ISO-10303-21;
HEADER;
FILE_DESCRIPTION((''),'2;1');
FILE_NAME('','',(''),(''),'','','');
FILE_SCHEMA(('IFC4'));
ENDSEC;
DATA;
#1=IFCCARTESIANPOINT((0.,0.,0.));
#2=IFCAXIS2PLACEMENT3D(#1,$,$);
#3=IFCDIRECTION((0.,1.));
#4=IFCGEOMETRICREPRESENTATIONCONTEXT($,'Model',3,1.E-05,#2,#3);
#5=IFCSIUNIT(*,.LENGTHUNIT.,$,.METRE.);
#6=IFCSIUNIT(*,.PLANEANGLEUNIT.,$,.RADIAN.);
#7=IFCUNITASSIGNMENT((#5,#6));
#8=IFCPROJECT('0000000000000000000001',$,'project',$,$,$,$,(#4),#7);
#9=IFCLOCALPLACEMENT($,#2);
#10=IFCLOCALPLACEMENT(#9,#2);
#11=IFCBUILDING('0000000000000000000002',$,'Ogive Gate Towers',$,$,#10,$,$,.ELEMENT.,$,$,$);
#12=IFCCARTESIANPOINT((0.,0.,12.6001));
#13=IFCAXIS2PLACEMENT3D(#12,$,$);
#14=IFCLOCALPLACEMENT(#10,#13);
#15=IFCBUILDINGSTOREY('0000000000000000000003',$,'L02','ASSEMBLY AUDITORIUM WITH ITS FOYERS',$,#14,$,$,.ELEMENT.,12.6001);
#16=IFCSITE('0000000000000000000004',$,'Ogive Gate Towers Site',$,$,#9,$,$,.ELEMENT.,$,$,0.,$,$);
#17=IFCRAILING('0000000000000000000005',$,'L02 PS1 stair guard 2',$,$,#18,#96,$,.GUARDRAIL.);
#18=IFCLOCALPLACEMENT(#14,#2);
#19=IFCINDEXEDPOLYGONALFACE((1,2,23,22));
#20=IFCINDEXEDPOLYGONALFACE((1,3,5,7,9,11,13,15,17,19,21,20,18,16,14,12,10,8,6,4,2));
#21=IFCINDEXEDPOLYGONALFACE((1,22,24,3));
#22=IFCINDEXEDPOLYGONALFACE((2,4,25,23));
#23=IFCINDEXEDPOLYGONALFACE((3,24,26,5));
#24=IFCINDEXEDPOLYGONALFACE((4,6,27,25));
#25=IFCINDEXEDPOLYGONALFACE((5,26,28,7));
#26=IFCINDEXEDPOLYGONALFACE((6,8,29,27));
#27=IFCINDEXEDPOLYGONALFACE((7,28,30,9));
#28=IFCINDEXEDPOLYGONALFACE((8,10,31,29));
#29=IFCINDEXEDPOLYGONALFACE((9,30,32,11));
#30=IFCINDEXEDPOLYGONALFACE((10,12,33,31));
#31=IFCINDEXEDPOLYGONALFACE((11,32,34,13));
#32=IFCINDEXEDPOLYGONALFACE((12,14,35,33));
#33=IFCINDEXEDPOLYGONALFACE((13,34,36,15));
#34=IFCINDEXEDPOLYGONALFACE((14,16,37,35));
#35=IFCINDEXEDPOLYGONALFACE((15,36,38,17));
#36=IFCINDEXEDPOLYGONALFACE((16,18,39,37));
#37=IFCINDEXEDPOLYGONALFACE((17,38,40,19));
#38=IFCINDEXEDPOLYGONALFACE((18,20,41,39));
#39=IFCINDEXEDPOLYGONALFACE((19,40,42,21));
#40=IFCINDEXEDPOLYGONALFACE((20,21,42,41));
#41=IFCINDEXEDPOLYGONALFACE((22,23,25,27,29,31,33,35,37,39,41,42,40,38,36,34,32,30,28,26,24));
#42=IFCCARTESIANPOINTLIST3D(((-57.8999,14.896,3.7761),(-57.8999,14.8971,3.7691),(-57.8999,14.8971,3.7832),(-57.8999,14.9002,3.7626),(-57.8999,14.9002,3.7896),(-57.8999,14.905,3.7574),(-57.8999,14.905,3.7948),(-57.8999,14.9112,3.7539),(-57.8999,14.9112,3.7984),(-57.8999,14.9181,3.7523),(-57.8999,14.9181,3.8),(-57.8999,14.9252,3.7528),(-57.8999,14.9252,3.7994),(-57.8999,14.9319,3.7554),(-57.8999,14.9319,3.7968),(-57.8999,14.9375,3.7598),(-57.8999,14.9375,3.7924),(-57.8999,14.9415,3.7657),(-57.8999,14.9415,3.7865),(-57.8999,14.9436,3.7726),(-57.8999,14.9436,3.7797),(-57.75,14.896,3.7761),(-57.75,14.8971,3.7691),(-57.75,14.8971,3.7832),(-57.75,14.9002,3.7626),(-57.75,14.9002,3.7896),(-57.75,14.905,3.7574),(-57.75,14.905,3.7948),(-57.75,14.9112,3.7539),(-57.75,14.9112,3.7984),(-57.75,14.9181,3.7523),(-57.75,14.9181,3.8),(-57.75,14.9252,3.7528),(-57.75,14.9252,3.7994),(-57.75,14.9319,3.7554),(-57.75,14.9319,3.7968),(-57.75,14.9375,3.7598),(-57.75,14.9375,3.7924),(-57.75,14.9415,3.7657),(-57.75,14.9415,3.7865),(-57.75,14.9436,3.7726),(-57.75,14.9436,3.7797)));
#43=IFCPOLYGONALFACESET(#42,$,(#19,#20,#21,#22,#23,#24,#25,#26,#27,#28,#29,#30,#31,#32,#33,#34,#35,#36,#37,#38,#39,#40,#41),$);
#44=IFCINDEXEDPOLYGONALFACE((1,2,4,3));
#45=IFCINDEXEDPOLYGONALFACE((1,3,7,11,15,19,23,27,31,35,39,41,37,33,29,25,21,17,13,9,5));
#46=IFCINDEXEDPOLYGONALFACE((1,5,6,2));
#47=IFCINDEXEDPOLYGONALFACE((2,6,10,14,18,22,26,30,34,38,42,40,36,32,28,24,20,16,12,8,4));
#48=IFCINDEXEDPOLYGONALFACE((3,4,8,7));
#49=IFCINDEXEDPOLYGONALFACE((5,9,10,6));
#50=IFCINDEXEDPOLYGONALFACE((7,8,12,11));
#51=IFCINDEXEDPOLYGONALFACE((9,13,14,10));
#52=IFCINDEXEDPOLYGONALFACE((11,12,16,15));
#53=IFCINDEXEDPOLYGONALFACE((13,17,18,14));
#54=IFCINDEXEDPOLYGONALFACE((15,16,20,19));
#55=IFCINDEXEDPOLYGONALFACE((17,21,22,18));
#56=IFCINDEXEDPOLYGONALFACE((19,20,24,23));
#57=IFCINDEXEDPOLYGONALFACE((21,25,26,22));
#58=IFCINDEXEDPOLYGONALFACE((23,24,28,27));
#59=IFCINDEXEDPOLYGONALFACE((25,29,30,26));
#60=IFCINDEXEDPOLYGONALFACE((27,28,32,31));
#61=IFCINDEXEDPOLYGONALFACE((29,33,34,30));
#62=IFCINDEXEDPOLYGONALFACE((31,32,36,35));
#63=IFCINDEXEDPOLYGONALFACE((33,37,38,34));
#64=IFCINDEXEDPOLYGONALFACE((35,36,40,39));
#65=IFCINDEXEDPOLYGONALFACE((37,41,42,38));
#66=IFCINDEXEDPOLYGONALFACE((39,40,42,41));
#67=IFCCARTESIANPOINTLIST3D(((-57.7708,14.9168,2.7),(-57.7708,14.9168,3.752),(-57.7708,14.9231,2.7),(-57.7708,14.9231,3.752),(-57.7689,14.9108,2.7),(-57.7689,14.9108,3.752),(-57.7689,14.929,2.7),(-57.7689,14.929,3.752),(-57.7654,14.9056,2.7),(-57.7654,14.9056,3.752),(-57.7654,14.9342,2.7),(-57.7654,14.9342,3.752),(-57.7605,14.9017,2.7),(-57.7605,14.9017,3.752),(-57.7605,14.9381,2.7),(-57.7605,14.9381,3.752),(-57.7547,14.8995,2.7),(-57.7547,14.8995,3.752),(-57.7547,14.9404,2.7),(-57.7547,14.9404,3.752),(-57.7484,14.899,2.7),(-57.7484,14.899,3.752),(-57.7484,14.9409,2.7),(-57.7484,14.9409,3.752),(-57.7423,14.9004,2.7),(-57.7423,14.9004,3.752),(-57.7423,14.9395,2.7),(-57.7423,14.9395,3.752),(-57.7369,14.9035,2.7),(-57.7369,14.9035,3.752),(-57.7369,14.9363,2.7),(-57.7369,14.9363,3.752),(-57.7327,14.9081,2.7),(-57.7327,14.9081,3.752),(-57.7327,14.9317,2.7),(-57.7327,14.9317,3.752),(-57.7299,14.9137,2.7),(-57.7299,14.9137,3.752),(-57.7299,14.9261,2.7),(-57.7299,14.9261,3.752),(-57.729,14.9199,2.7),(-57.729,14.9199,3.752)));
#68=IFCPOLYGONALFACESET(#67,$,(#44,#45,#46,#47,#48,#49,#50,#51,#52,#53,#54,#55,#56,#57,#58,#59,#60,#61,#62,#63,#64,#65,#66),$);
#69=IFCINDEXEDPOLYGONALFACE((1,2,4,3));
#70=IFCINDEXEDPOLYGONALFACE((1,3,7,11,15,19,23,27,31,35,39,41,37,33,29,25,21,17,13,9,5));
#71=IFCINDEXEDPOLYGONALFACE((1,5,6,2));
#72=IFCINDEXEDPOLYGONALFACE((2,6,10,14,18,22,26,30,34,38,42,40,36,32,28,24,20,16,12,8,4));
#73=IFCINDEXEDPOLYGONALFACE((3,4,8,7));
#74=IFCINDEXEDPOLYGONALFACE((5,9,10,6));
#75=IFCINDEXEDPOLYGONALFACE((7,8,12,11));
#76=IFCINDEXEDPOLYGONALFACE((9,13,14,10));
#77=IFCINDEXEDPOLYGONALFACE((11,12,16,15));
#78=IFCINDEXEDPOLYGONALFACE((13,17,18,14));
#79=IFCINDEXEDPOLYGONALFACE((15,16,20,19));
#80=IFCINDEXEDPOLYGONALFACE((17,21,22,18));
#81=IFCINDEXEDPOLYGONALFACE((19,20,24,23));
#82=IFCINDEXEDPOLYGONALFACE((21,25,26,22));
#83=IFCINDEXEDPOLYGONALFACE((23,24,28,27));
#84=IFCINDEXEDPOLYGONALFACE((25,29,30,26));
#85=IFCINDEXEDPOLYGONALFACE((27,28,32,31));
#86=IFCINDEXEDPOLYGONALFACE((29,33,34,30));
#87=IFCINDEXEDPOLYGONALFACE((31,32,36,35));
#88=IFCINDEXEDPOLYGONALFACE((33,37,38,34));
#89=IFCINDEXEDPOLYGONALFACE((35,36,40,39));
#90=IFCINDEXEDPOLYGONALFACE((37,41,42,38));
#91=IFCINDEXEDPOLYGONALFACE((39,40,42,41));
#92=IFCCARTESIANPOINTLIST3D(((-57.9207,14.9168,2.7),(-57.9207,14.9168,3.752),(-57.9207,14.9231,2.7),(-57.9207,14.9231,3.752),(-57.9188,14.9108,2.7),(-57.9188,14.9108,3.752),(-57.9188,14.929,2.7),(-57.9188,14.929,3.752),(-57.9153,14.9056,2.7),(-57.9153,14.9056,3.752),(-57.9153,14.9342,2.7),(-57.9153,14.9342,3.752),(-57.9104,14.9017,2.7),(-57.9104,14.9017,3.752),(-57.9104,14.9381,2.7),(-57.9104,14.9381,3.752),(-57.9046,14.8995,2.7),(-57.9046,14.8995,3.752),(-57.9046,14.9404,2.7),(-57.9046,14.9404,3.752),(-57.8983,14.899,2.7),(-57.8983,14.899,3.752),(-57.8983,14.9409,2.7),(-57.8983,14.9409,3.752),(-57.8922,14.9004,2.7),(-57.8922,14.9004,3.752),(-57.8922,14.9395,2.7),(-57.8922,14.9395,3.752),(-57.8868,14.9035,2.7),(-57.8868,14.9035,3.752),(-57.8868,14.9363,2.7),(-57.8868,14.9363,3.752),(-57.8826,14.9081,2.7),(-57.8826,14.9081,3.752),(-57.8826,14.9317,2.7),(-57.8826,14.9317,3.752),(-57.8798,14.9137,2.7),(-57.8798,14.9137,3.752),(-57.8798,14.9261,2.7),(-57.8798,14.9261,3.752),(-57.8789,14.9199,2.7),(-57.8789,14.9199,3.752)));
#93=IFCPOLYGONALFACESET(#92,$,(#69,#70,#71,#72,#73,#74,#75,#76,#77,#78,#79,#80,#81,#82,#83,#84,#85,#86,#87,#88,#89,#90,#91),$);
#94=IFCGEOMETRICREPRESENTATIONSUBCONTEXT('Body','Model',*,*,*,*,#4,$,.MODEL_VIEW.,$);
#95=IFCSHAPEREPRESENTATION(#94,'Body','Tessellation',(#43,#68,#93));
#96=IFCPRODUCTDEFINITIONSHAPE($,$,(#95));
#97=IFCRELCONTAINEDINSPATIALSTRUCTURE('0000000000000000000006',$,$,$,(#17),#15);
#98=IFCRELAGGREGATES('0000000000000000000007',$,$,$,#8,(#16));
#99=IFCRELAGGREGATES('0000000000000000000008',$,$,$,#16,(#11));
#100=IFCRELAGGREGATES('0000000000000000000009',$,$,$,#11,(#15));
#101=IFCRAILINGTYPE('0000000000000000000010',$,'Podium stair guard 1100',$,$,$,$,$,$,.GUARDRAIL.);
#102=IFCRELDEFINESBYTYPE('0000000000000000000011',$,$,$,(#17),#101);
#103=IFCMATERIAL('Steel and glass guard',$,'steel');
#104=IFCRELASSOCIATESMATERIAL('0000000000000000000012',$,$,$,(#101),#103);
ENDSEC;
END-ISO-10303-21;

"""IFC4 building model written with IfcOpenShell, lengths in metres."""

from ifc_helpers import new_model, si_unit, direction, frame, origin, origin_2d, place, context, subcontext, project, spatial, circle, extrude, material, type_object, element, save


model = new_model("IFC4")

# Units and contexts
model_context = context("Model", 3, precision=1e-05, world=origin(), true_north=direction((0.0, 1.0)))
body_context = subcontext(model_context, "Body", "Model", "MODEL_VIEW")
ifc_project = project(units=[si_unit("LENGTHUNIT", "METRE"), si_unit("PLANEANGLEUNIT", "RADIAN")], contexts=[model_context])

# Site, building, storey
site_placement = place(None, origin())
site = spatial("IfcSite", under=ifc_project, at=site_placement, Name="Ogive Gate Towers Site", CompositionType="ELEMENT", RefElevation=0.0)
building_placement = place(site_placement, origin())
building = spatial("IfcBuilding", under=site, at=building_placement, Name="Ogive Gate Towers", CompositionType="ELEMENT")
storey_placement = place(building_placement, frame((0.0, 0.0, 12.6001)))
storey = spatial("IfcBuildingStorey", under=building, at=storey_placement, Name="L02", Description="ASSEMBLY AUDITORIUM WITH ITS FOYERS", CompositionType="ELEMENT", Elevation=12.6001)

# Railing
ifc_material_1 = material(Name="Steel and glass guard", Category="steel")
railing_type_1 = type_object("IfcRailingType", Name="Podium stair guard 1100", PredefinedType="GUARDRAIL", material=ifc_material_1)
railing_1_placement = place(storey_placement, frame((-57.75, 14.9199, 2.7)))
element("IfcRailing", 1, at=railing_1_placement, inside=storey, type_object=railing_type_1, Name="L02 PS1 stair guard 2", PredefinedType="GUARDRAIL", context=body_context, shape_type="SweptSolid", body=[
    extrude(circle(Radius=0.0239, at=origin_2d()), frame((0.0, 0.0, 1.0762), z_axis=(-1.0, 0.0, 0.0), x_axis=(0.0, -1.0, 0.0)), (0.0, 0.0, 1.0), 0.1499),
    extrude(circle(Radius=0.021, at=origin_2d()), origin(), (0.0, 0.0, 1.0), 1.052),
    extrude(circle(Radius=0.021, at=origin_2d()), frame((-0.1499, 0.0, 0.0)), (0.0, 0.0, 1.0), 1.052),
])

save(model, "model.ifc")
